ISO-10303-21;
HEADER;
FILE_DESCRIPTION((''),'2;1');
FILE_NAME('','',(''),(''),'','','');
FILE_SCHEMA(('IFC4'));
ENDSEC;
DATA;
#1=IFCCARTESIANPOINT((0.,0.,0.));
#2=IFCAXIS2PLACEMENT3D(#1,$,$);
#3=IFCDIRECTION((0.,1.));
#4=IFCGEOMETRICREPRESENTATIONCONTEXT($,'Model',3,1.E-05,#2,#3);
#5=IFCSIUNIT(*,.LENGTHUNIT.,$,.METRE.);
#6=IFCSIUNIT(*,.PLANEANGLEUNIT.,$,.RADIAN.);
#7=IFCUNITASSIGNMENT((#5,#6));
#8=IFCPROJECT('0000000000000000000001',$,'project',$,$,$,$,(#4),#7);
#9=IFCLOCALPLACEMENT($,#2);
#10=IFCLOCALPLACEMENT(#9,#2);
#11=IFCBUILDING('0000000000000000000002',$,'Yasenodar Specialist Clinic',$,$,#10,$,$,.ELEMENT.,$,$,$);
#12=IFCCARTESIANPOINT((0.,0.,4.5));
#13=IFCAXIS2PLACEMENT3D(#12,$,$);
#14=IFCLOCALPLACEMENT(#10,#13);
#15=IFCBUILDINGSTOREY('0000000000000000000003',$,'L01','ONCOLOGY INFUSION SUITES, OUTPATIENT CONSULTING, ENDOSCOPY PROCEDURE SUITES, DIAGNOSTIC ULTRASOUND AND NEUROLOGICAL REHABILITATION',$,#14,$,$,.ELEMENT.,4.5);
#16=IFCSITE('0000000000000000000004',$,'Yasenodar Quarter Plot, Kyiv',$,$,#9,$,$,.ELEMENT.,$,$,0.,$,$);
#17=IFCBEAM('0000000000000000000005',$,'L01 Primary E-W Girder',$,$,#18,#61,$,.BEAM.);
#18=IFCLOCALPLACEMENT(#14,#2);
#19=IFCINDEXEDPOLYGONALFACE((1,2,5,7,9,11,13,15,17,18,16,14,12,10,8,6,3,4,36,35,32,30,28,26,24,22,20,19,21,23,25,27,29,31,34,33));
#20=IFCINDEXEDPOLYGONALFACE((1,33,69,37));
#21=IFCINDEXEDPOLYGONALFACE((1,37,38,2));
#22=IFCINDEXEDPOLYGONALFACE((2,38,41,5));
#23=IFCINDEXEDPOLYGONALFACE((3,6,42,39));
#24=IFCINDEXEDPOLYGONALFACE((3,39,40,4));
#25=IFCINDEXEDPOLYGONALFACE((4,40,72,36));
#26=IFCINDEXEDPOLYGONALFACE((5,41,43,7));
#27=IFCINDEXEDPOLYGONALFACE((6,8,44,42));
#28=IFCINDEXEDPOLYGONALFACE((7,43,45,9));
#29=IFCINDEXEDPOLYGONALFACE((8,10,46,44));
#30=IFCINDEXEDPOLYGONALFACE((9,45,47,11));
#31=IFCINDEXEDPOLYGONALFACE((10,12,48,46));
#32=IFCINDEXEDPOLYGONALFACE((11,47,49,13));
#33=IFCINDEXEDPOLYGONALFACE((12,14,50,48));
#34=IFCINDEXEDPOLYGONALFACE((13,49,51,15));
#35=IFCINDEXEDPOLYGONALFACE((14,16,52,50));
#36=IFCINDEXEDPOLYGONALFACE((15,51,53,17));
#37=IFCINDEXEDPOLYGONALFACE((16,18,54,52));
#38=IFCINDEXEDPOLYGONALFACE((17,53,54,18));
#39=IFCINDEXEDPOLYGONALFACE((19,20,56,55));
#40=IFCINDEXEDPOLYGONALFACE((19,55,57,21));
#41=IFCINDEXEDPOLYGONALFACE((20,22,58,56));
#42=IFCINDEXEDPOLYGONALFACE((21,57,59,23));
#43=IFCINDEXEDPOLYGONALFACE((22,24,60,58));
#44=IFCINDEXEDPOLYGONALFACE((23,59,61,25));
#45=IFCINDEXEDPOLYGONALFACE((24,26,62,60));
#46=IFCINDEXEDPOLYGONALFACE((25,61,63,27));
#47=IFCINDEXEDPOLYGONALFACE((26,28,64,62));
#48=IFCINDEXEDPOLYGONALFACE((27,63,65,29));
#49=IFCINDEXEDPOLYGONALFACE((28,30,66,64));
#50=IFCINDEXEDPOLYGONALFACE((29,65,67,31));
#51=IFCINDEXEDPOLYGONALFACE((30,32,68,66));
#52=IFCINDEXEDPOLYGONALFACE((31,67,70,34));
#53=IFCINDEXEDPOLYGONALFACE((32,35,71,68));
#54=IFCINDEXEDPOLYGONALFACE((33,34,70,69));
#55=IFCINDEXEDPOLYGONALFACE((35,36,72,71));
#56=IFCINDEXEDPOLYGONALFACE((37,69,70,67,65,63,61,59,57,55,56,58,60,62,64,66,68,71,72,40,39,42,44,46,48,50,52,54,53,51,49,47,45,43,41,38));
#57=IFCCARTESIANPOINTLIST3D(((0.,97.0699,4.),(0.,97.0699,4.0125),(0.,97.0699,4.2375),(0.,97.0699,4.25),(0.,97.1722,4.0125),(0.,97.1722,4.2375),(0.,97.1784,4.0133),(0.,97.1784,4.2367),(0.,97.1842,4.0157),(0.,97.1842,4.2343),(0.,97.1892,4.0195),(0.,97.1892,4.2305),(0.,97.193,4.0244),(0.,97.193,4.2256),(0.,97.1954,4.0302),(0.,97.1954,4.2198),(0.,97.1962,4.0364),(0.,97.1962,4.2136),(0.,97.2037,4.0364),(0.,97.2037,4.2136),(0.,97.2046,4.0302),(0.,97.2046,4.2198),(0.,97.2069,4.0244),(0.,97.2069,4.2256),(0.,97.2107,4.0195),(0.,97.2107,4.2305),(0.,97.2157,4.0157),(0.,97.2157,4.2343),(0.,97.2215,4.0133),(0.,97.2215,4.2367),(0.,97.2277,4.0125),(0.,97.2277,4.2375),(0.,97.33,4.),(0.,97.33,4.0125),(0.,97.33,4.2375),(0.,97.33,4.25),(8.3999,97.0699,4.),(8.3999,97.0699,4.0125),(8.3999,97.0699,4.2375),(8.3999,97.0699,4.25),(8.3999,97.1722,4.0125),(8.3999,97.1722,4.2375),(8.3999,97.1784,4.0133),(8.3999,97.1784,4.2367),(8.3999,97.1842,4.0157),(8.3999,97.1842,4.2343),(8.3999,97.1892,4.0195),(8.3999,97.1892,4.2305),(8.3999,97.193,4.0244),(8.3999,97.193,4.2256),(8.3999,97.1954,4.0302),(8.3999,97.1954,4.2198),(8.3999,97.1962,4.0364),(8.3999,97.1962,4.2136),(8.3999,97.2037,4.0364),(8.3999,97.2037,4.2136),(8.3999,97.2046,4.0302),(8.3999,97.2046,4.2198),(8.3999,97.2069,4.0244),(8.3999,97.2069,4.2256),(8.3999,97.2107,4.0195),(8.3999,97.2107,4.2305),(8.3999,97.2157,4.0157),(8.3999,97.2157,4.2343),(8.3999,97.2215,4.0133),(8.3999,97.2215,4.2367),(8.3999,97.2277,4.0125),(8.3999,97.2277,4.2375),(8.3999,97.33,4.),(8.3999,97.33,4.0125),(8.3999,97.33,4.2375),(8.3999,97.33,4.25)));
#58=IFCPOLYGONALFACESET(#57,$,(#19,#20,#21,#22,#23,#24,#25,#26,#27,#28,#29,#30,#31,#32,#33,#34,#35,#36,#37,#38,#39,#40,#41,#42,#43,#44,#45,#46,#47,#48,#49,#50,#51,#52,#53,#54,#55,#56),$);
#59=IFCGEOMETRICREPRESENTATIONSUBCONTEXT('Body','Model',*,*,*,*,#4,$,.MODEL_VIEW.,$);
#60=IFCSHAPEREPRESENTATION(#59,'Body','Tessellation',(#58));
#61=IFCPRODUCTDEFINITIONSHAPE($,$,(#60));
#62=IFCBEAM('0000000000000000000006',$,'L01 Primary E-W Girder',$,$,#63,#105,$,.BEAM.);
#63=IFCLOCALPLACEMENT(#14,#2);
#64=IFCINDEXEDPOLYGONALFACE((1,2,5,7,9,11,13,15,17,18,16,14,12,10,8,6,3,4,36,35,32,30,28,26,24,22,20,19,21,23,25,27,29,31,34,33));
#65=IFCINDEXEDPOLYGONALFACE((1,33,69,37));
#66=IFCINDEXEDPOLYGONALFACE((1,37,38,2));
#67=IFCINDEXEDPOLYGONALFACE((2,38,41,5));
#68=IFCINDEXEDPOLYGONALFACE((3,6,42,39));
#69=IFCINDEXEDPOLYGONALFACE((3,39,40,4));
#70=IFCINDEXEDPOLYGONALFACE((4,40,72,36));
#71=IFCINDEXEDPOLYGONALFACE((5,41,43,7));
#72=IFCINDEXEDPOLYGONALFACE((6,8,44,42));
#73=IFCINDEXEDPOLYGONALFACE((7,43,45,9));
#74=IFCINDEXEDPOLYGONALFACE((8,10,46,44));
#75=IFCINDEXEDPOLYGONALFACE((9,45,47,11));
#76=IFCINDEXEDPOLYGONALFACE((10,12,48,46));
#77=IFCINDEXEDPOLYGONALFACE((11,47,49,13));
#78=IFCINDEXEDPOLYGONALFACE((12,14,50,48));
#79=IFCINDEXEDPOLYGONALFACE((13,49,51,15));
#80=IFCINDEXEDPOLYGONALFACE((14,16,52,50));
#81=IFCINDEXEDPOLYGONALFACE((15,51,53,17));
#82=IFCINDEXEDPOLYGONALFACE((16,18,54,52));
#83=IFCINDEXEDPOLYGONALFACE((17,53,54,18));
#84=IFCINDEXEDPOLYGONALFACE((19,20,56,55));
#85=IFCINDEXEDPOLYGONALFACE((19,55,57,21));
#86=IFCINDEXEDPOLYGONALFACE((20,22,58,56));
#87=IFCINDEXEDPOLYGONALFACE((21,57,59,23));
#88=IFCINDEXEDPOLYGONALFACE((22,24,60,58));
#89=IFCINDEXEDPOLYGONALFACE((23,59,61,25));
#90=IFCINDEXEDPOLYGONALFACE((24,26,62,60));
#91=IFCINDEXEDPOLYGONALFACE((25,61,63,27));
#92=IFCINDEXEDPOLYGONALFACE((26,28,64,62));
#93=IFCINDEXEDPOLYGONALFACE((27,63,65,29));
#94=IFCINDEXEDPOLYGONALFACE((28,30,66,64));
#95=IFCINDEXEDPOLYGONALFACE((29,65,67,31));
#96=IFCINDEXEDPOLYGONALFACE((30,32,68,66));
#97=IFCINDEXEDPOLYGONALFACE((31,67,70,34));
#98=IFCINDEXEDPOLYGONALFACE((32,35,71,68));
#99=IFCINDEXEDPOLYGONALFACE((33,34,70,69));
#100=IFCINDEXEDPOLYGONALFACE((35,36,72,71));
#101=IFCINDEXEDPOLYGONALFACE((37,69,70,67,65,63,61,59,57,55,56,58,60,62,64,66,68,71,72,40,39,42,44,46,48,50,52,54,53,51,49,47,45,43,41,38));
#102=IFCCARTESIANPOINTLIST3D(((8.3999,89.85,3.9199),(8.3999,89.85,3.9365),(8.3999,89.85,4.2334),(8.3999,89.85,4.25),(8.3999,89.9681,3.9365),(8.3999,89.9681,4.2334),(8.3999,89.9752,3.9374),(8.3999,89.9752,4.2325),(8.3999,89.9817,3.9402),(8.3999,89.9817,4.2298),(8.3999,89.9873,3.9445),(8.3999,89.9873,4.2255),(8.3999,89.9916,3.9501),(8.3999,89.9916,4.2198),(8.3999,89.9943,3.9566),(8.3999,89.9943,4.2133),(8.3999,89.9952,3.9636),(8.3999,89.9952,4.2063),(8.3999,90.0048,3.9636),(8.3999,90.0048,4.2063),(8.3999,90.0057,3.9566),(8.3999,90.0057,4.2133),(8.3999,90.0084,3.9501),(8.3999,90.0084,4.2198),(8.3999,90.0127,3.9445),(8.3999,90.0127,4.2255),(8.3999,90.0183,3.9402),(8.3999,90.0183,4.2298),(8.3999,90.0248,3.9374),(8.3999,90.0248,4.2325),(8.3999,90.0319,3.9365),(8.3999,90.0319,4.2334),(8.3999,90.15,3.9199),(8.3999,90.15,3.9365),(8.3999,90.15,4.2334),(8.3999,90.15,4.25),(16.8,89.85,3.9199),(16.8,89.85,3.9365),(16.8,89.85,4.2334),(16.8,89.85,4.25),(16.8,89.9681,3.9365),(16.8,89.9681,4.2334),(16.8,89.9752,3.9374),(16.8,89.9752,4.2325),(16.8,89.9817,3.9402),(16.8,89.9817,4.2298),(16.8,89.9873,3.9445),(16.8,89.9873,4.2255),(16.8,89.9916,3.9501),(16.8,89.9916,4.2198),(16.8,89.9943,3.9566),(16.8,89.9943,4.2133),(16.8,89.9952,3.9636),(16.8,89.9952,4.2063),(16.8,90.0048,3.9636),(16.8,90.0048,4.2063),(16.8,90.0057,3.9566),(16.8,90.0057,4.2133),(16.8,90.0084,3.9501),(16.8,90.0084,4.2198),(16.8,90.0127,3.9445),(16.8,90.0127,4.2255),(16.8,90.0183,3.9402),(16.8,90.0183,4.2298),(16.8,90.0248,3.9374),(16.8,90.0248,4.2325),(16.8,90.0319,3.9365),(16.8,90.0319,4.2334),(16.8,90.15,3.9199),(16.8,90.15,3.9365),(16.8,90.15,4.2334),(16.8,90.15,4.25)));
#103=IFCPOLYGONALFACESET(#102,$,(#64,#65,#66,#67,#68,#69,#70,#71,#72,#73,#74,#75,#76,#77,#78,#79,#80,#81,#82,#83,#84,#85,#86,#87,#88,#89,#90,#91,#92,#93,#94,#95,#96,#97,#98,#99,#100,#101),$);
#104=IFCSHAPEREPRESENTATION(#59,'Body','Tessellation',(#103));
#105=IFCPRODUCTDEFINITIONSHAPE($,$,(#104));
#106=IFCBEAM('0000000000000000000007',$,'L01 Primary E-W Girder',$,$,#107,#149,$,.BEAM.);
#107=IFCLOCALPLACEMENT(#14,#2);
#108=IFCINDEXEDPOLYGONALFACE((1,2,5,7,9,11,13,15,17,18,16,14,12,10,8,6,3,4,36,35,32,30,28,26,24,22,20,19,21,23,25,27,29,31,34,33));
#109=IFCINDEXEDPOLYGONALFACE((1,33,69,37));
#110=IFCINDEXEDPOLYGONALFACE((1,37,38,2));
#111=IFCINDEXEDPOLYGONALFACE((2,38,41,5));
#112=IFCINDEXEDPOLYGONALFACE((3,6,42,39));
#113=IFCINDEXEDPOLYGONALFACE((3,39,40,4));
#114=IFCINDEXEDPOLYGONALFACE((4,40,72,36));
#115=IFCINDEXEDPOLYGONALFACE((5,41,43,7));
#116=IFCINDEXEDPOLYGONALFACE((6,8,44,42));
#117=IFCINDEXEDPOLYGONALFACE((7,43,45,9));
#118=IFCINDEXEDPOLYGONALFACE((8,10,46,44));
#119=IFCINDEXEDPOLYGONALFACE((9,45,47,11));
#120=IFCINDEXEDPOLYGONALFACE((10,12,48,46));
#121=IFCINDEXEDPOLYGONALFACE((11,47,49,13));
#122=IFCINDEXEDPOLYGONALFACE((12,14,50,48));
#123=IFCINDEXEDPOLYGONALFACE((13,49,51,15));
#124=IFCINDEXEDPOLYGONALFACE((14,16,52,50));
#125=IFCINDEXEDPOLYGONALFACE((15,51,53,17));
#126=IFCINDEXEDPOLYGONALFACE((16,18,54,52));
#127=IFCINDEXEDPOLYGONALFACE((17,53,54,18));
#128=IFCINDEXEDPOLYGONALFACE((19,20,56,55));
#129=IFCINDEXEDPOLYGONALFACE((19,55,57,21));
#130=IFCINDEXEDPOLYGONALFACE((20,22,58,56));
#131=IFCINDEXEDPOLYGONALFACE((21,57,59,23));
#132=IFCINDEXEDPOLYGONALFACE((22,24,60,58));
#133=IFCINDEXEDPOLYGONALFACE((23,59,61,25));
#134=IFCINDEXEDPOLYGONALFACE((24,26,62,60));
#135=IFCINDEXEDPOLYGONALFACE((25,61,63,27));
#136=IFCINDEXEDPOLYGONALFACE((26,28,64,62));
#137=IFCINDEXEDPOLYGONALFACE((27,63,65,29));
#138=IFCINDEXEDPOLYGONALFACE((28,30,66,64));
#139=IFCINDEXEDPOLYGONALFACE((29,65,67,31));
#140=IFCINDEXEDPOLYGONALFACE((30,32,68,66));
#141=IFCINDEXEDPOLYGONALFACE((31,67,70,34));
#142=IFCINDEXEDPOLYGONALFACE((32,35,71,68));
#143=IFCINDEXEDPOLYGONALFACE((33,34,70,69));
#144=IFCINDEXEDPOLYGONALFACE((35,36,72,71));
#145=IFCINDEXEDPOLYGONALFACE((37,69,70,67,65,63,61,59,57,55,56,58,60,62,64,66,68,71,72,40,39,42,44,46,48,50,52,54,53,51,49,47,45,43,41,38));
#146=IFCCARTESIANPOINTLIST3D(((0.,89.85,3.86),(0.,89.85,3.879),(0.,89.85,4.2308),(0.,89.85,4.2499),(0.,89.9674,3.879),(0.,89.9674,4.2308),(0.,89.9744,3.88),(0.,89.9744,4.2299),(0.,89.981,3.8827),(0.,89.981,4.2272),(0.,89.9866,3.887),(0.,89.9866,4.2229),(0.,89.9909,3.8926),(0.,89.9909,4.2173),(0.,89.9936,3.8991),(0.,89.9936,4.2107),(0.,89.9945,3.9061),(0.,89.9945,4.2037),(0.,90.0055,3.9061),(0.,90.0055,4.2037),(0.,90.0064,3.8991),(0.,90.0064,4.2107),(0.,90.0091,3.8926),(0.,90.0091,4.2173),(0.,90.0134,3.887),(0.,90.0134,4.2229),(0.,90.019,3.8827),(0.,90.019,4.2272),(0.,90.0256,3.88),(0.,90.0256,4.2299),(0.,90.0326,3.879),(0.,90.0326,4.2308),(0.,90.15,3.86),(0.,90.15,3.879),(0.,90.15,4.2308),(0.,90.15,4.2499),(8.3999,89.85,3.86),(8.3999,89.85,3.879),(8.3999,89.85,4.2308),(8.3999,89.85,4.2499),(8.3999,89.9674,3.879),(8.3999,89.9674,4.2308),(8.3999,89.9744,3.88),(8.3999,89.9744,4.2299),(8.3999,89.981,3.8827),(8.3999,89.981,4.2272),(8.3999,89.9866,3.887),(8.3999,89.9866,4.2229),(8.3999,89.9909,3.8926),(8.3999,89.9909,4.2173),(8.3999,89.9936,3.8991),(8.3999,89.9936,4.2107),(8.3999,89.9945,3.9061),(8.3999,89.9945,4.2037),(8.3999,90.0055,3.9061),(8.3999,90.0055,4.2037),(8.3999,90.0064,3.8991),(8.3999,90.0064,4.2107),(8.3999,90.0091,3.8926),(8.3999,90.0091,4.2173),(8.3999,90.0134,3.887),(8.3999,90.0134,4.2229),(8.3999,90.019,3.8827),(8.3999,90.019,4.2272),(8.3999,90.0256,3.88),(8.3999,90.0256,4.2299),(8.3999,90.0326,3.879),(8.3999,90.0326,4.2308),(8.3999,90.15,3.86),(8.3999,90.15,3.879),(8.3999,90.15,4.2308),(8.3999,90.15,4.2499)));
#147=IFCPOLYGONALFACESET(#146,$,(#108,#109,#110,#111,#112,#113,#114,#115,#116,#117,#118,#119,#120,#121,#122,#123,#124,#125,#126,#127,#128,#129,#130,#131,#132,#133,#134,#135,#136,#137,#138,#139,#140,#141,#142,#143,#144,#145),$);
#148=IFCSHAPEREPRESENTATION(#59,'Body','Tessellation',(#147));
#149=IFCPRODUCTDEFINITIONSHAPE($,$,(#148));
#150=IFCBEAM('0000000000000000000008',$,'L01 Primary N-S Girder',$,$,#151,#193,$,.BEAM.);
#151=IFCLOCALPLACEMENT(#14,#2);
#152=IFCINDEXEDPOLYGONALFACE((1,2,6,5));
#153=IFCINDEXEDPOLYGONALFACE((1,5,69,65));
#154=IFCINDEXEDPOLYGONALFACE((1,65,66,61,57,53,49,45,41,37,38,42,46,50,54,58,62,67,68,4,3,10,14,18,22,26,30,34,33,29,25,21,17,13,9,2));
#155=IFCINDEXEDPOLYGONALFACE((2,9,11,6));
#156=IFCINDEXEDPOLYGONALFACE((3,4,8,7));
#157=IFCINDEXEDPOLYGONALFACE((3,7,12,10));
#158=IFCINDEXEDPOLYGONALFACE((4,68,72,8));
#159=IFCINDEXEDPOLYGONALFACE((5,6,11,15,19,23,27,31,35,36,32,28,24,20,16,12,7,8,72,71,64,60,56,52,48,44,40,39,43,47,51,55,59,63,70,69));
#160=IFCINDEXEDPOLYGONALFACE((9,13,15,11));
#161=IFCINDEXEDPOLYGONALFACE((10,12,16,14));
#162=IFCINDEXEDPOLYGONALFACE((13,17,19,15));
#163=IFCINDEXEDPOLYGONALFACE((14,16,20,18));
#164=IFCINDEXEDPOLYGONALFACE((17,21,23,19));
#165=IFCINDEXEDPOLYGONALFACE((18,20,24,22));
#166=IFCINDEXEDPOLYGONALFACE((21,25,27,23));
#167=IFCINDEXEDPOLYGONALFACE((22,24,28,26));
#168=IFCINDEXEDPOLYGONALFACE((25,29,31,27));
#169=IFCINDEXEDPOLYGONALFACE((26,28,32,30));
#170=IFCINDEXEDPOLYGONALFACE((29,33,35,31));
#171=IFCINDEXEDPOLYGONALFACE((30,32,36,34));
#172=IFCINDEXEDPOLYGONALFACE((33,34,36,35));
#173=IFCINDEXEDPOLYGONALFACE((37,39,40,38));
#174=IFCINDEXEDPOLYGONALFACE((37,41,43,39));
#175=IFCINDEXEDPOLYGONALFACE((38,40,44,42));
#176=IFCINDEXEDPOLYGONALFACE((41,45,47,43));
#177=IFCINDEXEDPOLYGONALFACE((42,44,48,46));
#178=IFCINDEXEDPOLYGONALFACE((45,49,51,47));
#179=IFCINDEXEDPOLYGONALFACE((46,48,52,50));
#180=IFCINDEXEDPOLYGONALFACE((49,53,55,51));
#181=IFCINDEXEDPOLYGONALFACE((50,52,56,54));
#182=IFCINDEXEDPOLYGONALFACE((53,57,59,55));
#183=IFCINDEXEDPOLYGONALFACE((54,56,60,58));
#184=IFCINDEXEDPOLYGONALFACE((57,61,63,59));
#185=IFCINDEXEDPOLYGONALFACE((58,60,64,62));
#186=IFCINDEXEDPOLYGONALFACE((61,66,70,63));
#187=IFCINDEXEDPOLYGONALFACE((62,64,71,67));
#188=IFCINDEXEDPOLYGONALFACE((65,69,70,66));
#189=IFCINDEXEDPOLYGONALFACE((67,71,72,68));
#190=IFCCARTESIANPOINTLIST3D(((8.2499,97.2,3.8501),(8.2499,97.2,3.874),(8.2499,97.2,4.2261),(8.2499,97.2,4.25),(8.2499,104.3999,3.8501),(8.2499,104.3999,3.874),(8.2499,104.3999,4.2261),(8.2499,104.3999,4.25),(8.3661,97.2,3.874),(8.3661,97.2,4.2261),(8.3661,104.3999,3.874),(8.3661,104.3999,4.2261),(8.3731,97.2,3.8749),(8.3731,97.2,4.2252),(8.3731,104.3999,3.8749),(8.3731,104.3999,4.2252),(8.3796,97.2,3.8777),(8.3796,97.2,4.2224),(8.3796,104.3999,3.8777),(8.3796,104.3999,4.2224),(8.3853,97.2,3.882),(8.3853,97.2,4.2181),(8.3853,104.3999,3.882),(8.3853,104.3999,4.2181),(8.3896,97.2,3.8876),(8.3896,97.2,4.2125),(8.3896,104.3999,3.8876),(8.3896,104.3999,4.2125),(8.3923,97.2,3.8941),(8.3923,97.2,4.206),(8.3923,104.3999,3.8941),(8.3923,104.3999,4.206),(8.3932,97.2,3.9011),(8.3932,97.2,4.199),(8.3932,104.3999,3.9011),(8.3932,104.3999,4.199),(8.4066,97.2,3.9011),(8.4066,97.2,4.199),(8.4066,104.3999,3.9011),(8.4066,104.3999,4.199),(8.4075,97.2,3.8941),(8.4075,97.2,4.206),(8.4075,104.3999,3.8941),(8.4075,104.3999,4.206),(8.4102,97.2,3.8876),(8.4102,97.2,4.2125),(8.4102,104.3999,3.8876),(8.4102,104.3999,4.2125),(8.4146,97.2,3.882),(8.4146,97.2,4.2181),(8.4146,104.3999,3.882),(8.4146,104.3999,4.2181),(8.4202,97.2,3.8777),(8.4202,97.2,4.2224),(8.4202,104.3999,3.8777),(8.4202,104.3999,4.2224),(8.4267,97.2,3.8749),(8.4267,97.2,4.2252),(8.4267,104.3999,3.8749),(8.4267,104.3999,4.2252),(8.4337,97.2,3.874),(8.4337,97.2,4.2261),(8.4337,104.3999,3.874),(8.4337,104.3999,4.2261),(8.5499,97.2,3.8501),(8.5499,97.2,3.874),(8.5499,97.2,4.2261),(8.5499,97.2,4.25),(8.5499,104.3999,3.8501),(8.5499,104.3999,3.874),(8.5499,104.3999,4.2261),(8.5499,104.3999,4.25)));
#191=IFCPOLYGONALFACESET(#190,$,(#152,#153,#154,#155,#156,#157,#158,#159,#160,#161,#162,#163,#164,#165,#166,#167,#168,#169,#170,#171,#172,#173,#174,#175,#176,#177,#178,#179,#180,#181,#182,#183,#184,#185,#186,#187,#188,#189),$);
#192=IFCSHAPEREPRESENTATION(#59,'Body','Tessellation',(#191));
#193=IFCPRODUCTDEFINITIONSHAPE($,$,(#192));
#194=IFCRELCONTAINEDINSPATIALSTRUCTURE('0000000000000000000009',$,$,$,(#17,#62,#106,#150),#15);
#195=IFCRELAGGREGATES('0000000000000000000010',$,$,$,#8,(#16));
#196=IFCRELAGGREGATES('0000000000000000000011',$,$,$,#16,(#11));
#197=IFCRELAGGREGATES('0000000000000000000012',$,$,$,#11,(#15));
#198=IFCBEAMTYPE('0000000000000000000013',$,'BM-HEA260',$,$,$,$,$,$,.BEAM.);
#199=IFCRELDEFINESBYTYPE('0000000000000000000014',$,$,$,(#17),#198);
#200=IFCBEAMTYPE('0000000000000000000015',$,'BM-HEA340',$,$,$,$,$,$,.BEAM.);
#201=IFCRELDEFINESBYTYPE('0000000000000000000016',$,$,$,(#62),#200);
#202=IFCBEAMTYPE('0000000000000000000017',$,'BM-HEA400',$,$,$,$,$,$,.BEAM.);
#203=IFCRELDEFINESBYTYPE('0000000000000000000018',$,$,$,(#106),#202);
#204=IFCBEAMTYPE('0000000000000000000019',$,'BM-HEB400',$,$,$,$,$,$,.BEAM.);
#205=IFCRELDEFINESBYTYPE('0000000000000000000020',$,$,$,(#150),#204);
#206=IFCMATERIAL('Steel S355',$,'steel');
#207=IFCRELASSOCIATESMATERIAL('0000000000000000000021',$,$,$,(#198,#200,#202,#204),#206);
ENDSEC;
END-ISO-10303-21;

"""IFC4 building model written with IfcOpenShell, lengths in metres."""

from ifc_helpers import new_model, si_unit, direction, frame, origin, origin_2d, place, context, subcontext, project, spatial, i_section, extrude, material, material_profile, profile_set, type_object, element, save


model = new_model("IFC4")

# Units and contexts
model_context = context("Model", 3, precision=1e-05, world=origin(), true_north=direction((0.0, 1.0)))
body_context = subcontext(model_context, "Body", "Model", "MODEL_VIEW")
ifc_project = project(units=[si_unit("LENGTHUNIT", "METRE"), si_unit("PLANEANGLEUNIT", "RADIAN")], contexts=[model_context])

# Site, building, storey
site_placement = place(None, origin())
site = spatial("IfcSite", under=ifc_project, at=site_placement, Name="Yasenodar Quarter Plot, Kyiv", CompositionType="ELEMENT", RefElevation=0.0)
building_placement = place(site_placement, origin())
building = spatial("IfcBuilding", under=site, at=building_placement, Name="Yasenodar Specialist Clinic", CompositionType="ELEMENT")
storey_placement = place(building_placement, frame((0.0, 0.0, 4.5)))
storey = spatial("IfcBuildingStorey", under=building, at=storey_placement, Name="L01", Description="ONCOLOGY INFUSION SUITES, OUTPATIENT CONSULTING, ENDOSCOPY PROCEDURE SUITES, DIAGNOSTIC ULTRASOUND AND NEUROLOGICAL REHABILITATION", CompositionType="ELEMENT", Elevation=4.5)

# Shared definitions
ifc_material_1 = material(Name="Steel S355", Category="steel")

# Beams
ifc_material_profile_1 = material_profile(ifc_material_1, i_section(OverallWidth=0.26, OverallDepth=0.25, WebThickness=0.0076, FlangeThickness=0.0125, FilletRadius=0.0239, at=origin_2d()), Name="HEA 260")
ifc_profile_set_1 = profile_set([ifc_material_profile_1], Name="Steel S355")
beam_type_1 = type_object("IfcBeamType", Name="BM-HEA260", PredefinedType="BEAM", material=ifc_profile_set_1)
beam_1_placement = place(storey_placement, frame((0.0, 97.2, 4.125), z_axis=(1.0, 0.0, 0.0), x_axis=(0.0, 1.0, 0.0)))
element("IfcBeam", 1, at=beam_1_placement, inside=storey, type_object=beam_type_1, Name="L01 Primary E-W Girder", PredefinedType="BEAM", context=body_context, shape_type="SweptSolid", body=[
    extrude(i_section(OverallWidth=0.26, OverallDepth=0.25, WebThickness=0.0076, FlangeThickness=0.0125, FilletRadius=0.0239, at=origin_2d()), origin(), (0.0, 0.0, 1.0), 8.3999),
])
ifc_material_profile_2 = material_profile(ifc_material_1, i_section(OverallWidth=0.3, OverallDepth=0.3301, WebThickness=0.0095, FlangeThickness=0.0166, FilletRadius=0.0271, at=origin_2d()), Name="HEA 340")
ifc_profile_set_2 = profile_set([ifc_material_profile_2], Name="Steel S355")
beam_type_2 = type_object("IfcBeamType", Name="BM-HEA340", PredefinedType="BEAM", material=ifc_profile_set_2)
beam_2_placement = place(storey_placement, frame((8.3999, 90.0, 4.085), z_axis=(1.0, 0.0, 0.0), x_axis=(0.0, 1.0, 0.0)))
element("IfcBeam", 2, at=beam_2_placement, inside=storey, type_object=beam_type_2, Name="L01 Primary E-W Girder", PredefinedType="BEAM", context=body_context, shape_type="SweptSolid", body=[
    extrude(i_section(OverallWidth=0.3, OverallDepth=0.3301, WebThickness=0.0095, FlangeThickness=0.0166, FilletRadius=0.0271, at=origin_2d()), origin(), (0.0, 0.0, 1.0), 8.4001),
])
ifc_material_profile_3 = material_profile(ifc_material_1, i_section(OverallWidth=0.3, OverallDepth=0.3899, WebThickness=0.011, FlangeThickness=0.019, FilletRadius=0.0271, at=origin_2d()), Name="HEA 400")
ifc_profile_set_3 = profile_set([ifc_material_profile_3], Name="Steel S355")
beam_type_3 = type_object("IfcBeamType", Name="BM-HEA400", PredefinedType="BEAM", material=ifc_profile_set_3)
beam_3_placement = place(storey_placement, frame((0.0, 90.0, 4.0549), z_axis=(1.0, 0.0, 0.0), x_axis=(0.0, 1.0, 0.0)))
element("IfcBeam", 3, at=beam_3_placement, inside=storey, type_object=beam_type_3, Name="L01 Primary E-W Girder", PredefinedType="BEAM", context=body_context, shape_type="SweptSolid", body=[
    extrude(i_section(OverallWidth=0.3, OverallDepth=0.3899, WebThickness=0.011, FlangeThickness=0.019, FilletRadius=0.0271, at=origin_2d()), origin(), (0.0, 0.0, 1.0), 8.3999),
])
ifc_material_profile_4 = material_profile(ifc_material_1, i_section(OverallWidth=0.3, OverallDepth=0.3999, WebThickness=0.0134, FlangeThickness=0.0239, FilletRadius=0.0271, at=origin_2d()), Name="HEB 400")
ifc_profile_set_4 = profile_set([ifc_material_profile_4], Name="Steel S355")
beam_type_4 = type_object("IfcBeamType", Name="BM-HEB400", PredefinedType="BEAM", material=ifc_profile_set_4)
beam_4_placement = place(storey_placement, frame((8.3999, 97.2, 4.05), z_axis=(0.0, 1.0, 0.0), x_axis=(-1.0, 0.0, 0.0)))
element("IfcBeam", 4, at=beam_4_placement, inside=storey, type_object=beam_type_4, Name="L01 Primary N-S Girder", PredefinedType="BEAM", context=body_context, shape_type="SweptSolid", body=[
    extrude(i_section(OverallWidth=0.3, OverallDepth=0.3999, WebThickness=0.0134, FlangeThickness=0.0239, FilletRadius=0.0271, at=origin_2d()), origin(), (0.0, 0.0, 1.0), 7.2),
])

save(model, "model.ifc")
